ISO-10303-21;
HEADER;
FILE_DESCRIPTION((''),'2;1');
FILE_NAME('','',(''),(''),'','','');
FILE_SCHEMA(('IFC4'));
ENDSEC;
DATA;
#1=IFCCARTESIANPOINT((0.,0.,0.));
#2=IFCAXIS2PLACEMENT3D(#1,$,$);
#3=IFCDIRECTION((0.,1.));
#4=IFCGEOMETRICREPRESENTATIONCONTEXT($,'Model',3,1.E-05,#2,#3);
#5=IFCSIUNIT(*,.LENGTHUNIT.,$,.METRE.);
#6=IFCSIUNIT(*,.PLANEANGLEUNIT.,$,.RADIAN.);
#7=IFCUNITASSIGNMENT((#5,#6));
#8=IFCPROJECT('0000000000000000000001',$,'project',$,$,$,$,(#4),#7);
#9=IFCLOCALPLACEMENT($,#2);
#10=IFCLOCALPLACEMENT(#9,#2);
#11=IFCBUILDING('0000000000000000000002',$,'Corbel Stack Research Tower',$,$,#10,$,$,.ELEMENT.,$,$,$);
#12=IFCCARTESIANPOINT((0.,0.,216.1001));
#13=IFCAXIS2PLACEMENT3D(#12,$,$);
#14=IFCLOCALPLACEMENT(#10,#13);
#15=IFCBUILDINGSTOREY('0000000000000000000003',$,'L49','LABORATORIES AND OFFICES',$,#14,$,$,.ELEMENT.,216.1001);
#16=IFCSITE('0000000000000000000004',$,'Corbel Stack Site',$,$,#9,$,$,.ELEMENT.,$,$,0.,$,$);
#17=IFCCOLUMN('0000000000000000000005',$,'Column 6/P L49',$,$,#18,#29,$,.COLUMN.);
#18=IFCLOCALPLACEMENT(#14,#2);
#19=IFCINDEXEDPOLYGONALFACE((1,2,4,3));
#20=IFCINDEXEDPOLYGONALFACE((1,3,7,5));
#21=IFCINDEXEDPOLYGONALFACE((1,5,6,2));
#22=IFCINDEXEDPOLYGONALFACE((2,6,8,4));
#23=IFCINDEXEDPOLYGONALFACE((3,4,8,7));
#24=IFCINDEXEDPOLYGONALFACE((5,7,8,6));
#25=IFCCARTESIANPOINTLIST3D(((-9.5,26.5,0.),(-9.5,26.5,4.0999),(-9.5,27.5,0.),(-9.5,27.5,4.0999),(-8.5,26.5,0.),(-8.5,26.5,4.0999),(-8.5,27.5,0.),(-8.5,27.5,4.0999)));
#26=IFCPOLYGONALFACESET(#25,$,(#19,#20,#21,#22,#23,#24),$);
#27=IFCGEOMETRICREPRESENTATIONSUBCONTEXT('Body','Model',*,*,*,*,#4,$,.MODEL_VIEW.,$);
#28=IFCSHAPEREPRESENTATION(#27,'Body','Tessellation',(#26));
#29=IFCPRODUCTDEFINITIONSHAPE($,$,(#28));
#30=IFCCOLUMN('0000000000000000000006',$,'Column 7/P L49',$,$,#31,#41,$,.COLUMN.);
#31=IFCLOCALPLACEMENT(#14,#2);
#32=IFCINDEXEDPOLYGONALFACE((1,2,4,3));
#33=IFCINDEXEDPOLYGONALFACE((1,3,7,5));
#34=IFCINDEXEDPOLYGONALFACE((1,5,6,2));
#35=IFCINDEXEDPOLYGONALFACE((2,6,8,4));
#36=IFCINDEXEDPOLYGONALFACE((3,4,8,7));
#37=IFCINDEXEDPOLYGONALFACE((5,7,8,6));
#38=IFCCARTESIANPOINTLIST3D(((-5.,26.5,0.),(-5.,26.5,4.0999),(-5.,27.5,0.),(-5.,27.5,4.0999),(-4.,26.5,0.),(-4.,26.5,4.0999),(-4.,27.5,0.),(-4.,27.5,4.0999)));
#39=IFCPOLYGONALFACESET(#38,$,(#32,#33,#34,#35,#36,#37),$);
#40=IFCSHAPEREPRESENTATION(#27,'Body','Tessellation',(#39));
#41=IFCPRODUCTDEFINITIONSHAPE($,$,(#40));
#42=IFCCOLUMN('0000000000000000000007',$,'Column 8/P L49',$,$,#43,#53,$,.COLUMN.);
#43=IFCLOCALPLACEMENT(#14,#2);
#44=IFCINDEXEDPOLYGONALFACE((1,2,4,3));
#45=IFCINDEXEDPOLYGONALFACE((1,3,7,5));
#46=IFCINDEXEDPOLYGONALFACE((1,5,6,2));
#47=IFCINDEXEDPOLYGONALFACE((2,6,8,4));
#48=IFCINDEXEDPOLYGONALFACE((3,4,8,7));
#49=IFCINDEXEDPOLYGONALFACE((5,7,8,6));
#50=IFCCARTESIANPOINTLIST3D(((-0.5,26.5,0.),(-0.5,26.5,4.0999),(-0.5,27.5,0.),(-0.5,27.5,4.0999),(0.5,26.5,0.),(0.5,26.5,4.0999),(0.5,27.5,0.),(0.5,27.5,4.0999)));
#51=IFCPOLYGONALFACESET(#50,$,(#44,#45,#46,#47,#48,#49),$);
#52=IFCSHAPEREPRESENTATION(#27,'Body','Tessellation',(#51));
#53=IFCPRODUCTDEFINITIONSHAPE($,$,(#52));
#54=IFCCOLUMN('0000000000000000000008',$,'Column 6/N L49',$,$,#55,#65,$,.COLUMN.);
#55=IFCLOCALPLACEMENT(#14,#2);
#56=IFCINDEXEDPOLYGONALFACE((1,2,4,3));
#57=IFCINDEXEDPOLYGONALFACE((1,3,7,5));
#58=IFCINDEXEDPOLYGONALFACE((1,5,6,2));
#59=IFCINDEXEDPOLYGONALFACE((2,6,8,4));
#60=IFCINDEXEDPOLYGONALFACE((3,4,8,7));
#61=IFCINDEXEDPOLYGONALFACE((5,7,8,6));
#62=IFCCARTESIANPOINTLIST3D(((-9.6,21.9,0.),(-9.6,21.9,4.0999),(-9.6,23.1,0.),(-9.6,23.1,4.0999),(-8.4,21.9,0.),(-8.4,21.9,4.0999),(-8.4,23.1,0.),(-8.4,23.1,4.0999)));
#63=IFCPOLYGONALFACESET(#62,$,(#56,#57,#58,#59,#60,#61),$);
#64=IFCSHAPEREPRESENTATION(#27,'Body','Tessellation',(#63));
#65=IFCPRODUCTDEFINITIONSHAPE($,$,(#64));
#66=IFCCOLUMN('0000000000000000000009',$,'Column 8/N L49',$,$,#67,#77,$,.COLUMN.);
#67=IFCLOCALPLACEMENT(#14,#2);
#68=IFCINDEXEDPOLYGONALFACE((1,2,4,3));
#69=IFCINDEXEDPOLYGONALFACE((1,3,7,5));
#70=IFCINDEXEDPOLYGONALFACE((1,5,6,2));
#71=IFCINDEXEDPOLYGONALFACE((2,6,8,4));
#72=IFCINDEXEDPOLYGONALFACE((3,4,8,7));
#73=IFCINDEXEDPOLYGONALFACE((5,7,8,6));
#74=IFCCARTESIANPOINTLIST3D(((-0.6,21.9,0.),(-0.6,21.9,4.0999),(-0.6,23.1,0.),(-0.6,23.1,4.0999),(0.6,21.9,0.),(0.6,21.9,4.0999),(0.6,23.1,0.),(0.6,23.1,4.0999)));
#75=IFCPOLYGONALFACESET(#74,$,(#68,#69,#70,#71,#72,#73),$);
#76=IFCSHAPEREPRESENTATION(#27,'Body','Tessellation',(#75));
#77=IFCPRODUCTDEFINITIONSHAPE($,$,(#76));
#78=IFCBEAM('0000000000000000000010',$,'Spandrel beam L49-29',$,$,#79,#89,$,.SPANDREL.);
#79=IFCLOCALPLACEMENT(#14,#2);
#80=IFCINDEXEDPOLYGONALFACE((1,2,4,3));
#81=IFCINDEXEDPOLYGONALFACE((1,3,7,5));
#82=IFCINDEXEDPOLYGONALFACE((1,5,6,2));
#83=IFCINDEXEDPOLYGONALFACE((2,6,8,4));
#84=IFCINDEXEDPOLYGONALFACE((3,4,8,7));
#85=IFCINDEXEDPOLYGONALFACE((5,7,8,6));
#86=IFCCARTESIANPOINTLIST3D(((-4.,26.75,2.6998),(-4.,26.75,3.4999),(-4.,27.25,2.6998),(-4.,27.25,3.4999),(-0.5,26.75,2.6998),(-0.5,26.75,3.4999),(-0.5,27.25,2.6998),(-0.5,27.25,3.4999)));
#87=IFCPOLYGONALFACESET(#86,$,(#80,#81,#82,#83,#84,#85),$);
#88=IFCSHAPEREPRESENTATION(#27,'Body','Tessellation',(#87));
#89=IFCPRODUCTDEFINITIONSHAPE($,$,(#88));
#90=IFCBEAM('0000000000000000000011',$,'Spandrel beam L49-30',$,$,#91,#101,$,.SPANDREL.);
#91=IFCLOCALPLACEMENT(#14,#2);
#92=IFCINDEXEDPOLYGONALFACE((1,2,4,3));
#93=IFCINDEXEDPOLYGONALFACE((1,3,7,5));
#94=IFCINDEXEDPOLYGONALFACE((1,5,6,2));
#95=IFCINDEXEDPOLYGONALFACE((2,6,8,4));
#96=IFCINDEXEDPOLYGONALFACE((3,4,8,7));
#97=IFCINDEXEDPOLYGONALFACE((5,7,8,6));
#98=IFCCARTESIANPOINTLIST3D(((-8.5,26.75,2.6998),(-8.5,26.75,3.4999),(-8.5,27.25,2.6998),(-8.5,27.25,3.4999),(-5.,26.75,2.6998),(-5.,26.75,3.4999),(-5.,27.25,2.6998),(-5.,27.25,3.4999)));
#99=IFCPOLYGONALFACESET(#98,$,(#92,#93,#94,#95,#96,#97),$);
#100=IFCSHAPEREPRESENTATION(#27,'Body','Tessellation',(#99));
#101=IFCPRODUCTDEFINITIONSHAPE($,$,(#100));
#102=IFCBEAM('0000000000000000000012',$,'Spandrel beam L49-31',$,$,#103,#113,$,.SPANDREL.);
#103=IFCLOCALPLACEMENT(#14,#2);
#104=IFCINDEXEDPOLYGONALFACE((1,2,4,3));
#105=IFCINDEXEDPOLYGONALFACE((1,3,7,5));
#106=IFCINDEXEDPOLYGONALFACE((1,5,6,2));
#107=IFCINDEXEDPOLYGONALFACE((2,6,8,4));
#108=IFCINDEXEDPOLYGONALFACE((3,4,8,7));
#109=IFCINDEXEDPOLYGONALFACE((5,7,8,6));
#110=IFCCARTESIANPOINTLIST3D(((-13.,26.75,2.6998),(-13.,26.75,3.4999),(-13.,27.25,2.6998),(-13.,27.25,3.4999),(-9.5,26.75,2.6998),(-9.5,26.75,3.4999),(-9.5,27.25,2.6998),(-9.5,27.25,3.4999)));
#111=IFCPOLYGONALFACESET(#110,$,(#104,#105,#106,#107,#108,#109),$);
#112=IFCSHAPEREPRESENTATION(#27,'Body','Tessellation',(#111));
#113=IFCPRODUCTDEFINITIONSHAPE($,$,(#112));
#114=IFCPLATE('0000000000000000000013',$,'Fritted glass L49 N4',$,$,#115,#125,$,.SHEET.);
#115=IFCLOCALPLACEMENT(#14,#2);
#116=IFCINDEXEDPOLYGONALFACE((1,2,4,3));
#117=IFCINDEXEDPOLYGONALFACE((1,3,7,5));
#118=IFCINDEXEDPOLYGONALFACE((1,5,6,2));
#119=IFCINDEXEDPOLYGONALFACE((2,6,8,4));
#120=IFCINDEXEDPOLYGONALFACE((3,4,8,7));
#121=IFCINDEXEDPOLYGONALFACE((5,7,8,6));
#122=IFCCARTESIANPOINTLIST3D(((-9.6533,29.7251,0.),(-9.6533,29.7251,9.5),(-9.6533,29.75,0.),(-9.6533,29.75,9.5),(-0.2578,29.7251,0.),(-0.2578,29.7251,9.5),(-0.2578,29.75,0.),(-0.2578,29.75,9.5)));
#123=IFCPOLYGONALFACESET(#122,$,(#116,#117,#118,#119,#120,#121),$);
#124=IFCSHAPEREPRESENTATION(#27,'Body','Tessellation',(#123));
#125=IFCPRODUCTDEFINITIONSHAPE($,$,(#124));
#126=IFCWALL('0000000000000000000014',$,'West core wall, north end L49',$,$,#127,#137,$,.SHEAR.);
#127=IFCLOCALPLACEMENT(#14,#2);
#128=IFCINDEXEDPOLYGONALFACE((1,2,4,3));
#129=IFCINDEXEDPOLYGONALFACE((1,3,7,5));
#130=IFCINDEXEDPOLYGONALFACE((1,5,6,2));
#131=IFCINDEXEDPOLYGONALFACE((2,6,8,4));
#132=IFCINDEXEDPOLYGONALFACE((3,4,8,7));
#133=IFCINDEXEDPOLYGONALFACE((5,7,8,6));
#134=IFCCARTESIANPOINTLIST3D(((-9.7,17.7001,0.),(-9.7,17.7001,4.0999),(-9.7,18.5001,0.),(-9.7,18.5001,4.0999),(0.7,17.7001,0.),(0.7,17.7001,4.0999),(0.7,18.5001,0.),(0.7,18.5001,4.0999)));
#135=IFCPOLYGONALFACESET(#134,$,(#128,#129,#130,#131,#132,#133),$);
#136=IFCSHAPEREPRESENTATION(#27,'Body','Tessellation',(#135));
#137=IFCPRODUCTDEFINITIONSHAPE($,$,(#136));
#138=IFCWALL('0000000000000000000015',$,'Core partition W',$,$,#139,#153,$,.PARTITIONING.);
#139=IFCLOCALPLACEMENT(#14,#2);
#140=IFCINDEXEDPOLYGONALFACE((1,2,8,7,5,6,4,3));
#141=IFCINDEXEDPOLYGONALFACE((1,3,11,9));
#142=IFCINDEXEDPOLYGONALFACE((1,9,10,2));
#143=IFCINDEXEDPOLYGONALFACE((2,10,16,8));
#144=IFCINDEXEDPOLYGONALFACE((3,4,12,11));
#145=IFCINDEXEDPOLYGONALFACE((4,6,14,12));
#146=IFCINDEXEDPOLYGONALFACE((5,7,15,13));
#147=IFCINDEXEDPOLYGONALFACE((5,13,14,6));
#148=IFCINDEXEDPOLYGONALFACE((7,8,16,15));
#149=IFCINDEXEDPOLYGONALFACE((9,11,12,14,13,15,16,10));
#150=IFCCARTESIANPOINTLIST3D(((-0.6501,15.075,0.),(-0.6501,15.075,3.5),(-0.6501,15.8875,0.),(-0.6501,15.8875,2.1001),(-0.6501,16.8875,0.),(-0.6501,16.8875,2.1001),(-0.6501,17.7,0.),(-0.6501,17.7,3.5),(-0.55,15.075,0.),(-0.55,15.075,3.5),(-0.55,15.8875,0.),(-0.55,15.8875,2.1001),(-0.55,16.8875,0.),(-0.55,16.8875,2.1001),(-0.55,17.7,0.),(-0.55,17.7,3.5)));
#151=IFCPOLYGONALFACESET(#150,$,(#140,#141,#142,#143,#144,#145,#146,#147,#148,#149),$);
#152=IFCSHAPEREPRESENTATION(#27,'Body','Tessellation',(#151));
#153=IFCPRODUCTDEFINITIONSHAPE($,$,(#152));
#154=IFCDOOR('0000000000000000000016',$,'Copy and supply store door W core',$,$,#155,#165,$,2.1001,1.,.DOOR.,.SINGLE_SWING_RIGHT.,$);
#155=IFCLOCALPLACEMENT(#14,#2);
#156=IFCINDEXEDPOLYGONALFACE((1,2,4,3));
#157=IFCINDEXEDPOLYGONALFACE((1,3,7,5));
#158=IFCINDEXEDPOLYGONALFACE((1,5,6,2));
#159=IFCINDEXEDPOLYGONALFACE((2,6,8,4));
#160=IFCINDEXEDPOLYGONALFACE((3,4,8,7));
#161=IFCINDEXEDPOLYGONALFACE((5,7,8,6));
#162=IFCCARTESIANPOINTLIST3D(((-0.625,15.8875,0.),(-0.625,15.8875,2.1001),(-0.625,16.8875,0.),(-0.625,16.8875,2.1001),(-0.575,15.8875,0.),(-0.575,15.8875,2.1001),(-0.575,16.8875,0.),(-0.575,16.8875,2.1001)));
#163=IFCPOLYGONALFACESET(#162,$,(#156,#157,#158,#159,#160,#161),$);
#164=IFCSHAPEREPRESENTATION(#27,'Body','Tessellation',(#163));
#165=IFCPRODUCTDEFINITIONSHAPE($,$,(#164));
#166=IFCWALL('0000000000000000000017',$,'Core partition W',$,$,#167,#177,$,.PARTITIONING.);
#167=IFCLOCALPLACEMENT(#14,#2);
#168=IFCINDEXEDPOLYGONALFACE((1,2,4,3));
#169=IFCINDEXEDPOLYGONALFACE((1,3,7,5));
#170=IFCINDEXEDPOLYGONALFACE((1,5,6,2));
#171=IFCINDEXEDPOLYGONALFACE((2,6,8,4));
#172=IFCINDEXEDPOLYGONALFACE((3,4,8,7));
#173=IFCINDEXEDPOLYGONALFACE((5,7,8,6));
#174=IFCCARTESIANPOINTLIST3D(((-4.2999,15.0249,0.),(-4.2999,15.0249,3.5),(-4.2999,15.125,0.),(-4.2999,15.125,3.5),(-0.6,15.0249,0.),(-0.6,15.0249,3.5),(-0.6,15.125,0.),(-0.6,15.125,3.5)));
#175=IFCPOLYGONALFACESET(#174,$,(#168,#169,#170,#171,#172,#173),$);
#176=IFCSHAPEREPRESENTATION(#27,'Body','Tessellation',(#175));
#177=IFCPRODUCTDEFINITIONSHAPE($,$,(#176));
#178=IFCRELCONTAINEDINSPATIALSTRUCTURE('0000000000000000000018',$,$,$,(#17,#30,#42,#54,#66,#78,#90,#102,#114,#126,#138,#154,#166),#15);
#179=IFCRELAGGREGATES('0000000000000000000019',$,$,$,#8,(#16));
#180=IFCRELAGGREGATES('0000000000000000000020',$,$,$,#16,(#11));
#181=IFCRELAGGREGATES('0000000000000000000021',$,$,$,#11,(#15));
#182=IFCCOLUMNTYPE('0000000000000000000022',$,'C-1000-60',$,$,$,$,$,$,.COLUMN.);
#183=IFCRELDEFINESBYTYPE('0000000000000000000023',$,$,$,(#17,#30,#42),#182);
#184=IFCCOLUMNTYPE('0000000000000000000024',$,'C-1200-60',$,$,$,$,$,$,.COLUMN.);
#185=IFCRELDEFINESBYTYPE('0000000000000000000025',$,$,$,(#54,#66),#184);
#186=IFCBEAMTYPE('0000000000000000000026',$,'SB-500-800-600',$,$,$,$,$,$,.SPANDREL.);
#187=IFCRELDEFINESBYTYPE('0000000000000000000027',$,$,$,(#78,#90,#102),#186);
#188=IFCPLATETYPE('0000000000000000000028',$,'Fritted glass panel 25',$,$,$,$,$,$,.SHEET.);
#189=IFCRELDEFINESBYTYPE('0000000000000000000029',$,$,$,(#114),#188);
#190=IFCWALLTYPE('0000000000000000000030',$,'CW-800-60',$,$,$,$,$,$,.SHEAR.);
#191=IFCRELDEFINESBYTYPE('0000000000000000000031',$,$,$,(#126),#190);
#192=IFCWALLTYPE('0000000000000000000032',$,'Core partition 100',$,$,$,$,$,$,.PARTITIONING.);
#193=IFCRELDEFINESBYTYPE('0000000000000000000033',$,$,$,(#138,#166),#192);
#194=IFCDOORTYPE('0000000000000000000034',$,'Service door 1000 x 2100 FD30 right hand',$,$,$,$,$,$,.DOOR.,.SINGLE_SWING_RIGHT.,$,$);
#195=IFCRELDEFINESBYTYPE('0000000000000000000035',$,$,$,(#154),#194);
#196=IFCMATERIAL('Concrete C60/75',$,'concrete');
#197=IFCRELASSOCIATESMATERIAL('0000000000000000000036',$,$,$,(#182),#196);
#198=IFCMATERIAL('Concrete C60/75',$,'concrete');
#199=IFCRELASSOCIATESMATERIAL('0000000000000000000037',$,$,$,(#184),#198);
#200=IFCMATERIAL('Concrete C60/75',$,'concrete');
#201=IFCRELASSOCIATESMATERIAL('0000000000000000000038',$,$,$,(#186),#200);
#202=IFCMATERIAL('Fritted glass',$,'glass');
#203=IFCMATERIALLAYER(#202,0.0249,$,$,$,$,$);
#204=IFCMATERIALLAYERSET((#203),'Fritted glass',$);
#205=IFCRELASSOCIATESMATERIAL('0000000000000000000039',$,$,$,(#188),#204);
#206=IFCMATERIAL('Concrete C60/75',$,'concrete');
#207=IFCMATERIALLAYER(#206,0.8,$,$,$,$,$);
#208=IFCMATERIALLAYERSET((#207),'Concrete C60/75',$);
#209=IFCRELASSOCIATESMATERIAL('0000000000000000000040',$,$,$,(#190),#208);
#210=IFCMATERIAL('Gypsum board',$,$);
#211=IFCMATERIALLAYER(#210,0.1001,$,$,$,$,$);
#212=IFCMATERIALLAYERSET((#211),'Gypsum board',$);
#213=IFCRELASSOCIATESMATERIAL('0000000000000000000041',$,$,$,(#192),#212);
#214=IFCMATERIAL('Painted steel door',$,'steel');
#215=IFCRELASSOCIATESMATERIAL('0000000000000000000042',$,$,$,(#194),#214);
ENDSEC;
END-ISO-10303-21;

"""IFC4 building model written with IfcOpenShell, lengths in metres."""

from ifc_helpers import new_model, si_unit, direction, frame, frame_2d, origin, origin_2d, place, context, subcontext, project, spatial, rectangle, extrude, material, layer, layer_set, material_profile, profile_set, type_object, element, fill, save


model = new_model("IFC4")

# Units and contexts
model_context = context("Model", 3, precision=1e-05, world=origin(), true_north=direction((0.0, 1.0)))
body_context = subcontext(model_context, "Body", "Model", "MODEL_VIEW")
ifc_project = project(units=[si_unit("LENGTHUNIT", "METRE"), si_unit("PLANEANGLEUNIT", "RADIAN")], contexts=[model_context])

# Site, building, storey
site_placement = place(None, origin())
site = spatial("IfcSite", under=ifc_project, at=site_placement, Name="Corbel Stack Site", CompositionType="ELEMENT", RefElevation=0.0)
building_placement = place(site_placement, origin())
building = spatial("IfcBuilding", under=site, at=building_placement, Name="Corbel Stack Research Tower", CompositionType="ELEMENT")
storey_placement = place(building_placement, frame((0.0, 0.0, 216.1001)))
storey = spatial("IfcBuildingStorey", under=building, at=storey_placement, Name="L49", Description="LABORATORIES AND OFFICES", CompositionType="ELEMENT", Elevation=216.1001)

# Columns
ifc_material_1 = material(Name="Concrete C60/75", Category="concrete")
ifc_material_profile_1 = material_profile(ifc_material_1, rectangle(XDim=1.0, YDim=1.0, at=origin_2d()), Name="RC 1000 x 1000")
ifc_profile_set_1 = profile_set([ifc_material_profile_1], Name="Concrete C60/75")
column_type_1 = type_object("IfcColumnType", Name="C-1000-60", PredefinedType="COLUMN", material=ifc_profile_set_1)
for number, where, z_axis, x_axis, name in (
    (1, (-9.0, 27.0, 0.0), (0.0, 0.0, 1.0), (1.0, 0.0, 0.0), "Column 6/P L49"),
    (2, (-4.5, 27.0, 0.0), (0.0, 0.0, 1.0), (1.0, 0.0, 0.0), "Column 7/P L49"),
    (3, (0.0, 27.0, 0.0), (0.0, 0.0, 1.0), (1.0, 0.0, 0.0), "Column 8/P L49"),
):
    element("IfcColumn", number, at=place(storey_placement, frame(where, z_axis=z_axis, x_axis=x_axis)), inside=storey, type_object=column_type_1, Name=name, PredefinedType="COLUMN", context=body_context, shape_type="SweptSolid", body=[
        extrude(rectangle(XDim=1.0, YDim=1.0, at=origin_2d()), origin(), (0.0, 0.0, 1.0), 4.0999),
    ])
ifc_material_2 = material(Name="Concrete C60/75", Category="concrete")
ifc_material_profile_2 = material_profile(ifc_material_2, rectangle(XDim=1.2, YDim=1.2, at=origin_2d()), Name="RC 1200 x 1200")
ifc_profile_set_2 = profile_set([ifc_material_profile_2], Name="Concrete C60/75")
column_type_2 = type_object("IfcColumnType", Name="C-1200-60", PredefinedType="COLUMN", material=ifc_profile_set_2)
for number, where, z_axis, x_axis, name in (
    (4, (-9.0, 22.5, 0.0), (0.0, 0.0, 1.0), (1.0, 0.0, 0.0), "Column 6/N L49"),
    (5, (0.0, 22.5, 0.0), (0.0, 0.0, 1.0), (1.0, 0.0, 0.0), "Column 8/N L49"),
):
    element("IfcColumn", number, at=place(storey_placement, frame(where, z_axis=z_axis, x_axis=x_axis)), inside=storey, type_object=column_type_2, Name=name, PredefinedType="COLUMN", context=body_context, shape_type="SweptSolid", body=[
        extrude(rectangle(XDim=1.2, YDim=1.2, at=origin_2d()), origin(), (0.0, 0.0, 1.0), 4.0999),
    ])

# Beams
ifc_material_3 = material(Name="Concrete C60/75", Category="concrete")
ifc_material_profile_3 = material_profile(ifc_material_3, rectangle(XDim=0.5, YDim=0.8, at=origin_2d()), Name="RC 500 x 800")
ifc_profile_set_3 = profile_set([ifc_material_profile_3], Name="Concrete C60/75")
beam_type = type_object("IfcBeamType", Name="SB-500-800-600", PredefinedType="SPANDREL", material=ifc_profile_set_3)
for number, where, z_axis, x_axis, name in (
    (6, (-0.5, 27.0, 3.0999), (-1.0, 0.0, 0.0), (0.0, -1.0, 0.0), "Spandrel beam L49-29"),
    (7, (-5.0, 27.0, 3.0999), (-1.0, 0.0, 0.0), (0.0, -1.0, 0.0), "Spandrel beam L49-30"),
    (8, (-9.5, 27.0, 3.0999), (-1.0, 0.0, 0.0), (0.0, -1.0, 0.0), "Spandrel beam L49-31"),
):
    element("IfcBeam", number, at=place(storey_placement, frame(where, z_axis=z_axis, x_axis=x_axis)), inside=storey, type_object=beam_type, Name=name, PredefinedType="SPANDREL", context=body_context, shape_type="SweptSolid", body=[
        extrude(rectangle(XDim=0.5, YDim=0.8, at=origin_2d()), origin(), (0.0, 0.0, 1.0), 3.5),
    ])

# Plate
ifc_material_4 = material(Name="Fritted glass", Category="glass")
ifc_layer_1 = layer(ifc_material_4, 0.0249)
ifc_layer_set_1 = layer_set([ifc_layer_1], Name="Fritted glass")
plate_type = type_object("IfcPlateType", Name="Fritted glass panel 25", PredefinedType="SHEET", material=ifc_layer_set_1)
plate_placement = place(storey_placement, frame((-4.9556, 29.7375, 0.0), z_axis=(0.0, 0.0, 1.0), x_axis=(-1.0, 0.0, 0.0)))
element("IfcPlate", 9, at=plate_placement, inside=storey, type_object=plate_type, Name="Fritted glass L49 N4", PredefinedType="SHEET", context=body_context, shape_type="SweptSolid", body=[
    extrude(rectangle(XDim=9.3955, YDim=0.0249, at=origin_2d()), origin(), (0.0, 0.0, 1.0), 9.5),
])

# Wall
ifc_material_5 = material(Name="Concrete C60/75", Category="concrete")
ifc_layer_2 = layer(ifc_material_5, 0.8)
ifc_layer_set_2 = layer_set([ifc_layer_2], Name="Concrete C60/75")
wall_type_1 = type_object("IfcWallType", Name="CW-800-60", PredefinedType="SHEAR", material=ifc_layer_set_2)
wall_1_placement = place(storey_placement, frame((-9.7, 18.1001, 0.0), z_axis=(0.0, 0.0, 1.0), x_axis=(1.0, 0.0, 0.0)))
element("IfcWall", 10, at=wall_1_placement, inside=storey, type_object=wall_type_1, Name="West core wall, north end L49", PredefinedType="SHEAR", context=body_context, shape_type="SweptSolid", body=[
    extrude(rectangle(XDim=10.3999, YDim=0.8, at=frame_2d((5.2, 0.0))), origin(), (0.0, 0.0, 1.0), 4.0999),
])

# Wall, opening, door
ifc_material_6 = material(Name="Gypsum board")
ifc_layer_3 = layer(ifc_material_6, 0.1001)
ifc_layer_set_3 = layer_set([ifc_layer_3], Name="Gypsum board")
wall_type_2 = type_object("IfcWallType", Name="Core partition 100", PredefinedType="PARTITIONING", material=ifc_layer_set_3)
wall_2_placement = place(storey_placement, frame((-0.6001, 15.075, 0.0), z_axis=(0.0, 0.0, 1.0), x_axis=(0.0, 1.0, 0.0)))
wall_2 = element("IfcWall", 11, at=wall_2_placement, inside=storey, type_object=wall_type_2, Name="Core partition W", PredefinedType="PARTITIONING", context=body_context, shape_type="SweptSolid", body=[
    extrude(rectangle(XDim=2.625, YDim=0.1001, at=frame_2d((1.3125, 0.0))), origin(), (0.0, 0.0, 1.0), 3.5),
])
opening_1_placement = place(wall_2_placement, frame((0.8125, 0.0, 0.0)))
opening_1 = element("IfcOpeningElement", 12, at=opening_1_placement, cuts=wall_2, PredefinedType="OPENING", context=body_context, shape_type="SweptSolid", body=[
    extrude(rectangle(XDim=1.0, YDim=2.1001, at=frame_2d((0.5, 1.05))), frame((0.0, 0.0601, 0.0), z_axis=(0.0, -1.0, 0.0), x_axis=(1.0, 0.0, 0.0)), (0.0, 0.0, 1.0), 0.1201),
])
ifc_material_7 = material(Name="Painted steel door", Category="steel")
door_type_1 = type_object("IfcDoorType", Name="Service door 1000 x 2100 FD30 right hand", OperationType="SINGLE_SWING_RIGHT", PredefinedType="DOOR", material=ifc_material_7)
door_1_placement = place(opening_1_placement, origin())
door_1 = element("IfcDoor", 13, at=door_1_placement, inside=storey, type_object=door_type_1, Name="Copy and supply store door W core", OperationType="SINGLE_SWING_RIGHT", OverallHeight=2.1001, OverallWidth=1.0, PredefinedType="DOOR", context=body_context, shape_type="SweptSolid", body=[
    extrude(rectangle(XDim=1.0, YDim=2.1001, at=frame_2d((0.5, 1.05))), frame((0.0, 0.0249, 0.0), z_axis=(0.0, -1.0, 0.0), x_axis=(1.0, 0.0, 0.0)), (0.0, 0.0, 1.0), 0.05),
])
fill(opening_1, door_1)

# Wall
wall_3_placement = place(storey_placement, frame((-4.3, 15.075, 0.0), z_axis=(0.0, 0.0, 1.0), x_axis=(1.0, 0.0, 0.0)))
element("IfcWall", 14, at=wall_3_placement, inside=storey, type_object=wall_type_2, Name="Core partition W", PredefinedType="PARTITIONING", context=body_context, shape_type="SweptSolid", body=[
    extrude(rectangle(XDim=3.7, YDim=0.1001, at=frame_2d((1.8501, 0.0))), origin(), (0.0, 0.0, 1.0), 3.5),
])

save(model, "model.ifc")
